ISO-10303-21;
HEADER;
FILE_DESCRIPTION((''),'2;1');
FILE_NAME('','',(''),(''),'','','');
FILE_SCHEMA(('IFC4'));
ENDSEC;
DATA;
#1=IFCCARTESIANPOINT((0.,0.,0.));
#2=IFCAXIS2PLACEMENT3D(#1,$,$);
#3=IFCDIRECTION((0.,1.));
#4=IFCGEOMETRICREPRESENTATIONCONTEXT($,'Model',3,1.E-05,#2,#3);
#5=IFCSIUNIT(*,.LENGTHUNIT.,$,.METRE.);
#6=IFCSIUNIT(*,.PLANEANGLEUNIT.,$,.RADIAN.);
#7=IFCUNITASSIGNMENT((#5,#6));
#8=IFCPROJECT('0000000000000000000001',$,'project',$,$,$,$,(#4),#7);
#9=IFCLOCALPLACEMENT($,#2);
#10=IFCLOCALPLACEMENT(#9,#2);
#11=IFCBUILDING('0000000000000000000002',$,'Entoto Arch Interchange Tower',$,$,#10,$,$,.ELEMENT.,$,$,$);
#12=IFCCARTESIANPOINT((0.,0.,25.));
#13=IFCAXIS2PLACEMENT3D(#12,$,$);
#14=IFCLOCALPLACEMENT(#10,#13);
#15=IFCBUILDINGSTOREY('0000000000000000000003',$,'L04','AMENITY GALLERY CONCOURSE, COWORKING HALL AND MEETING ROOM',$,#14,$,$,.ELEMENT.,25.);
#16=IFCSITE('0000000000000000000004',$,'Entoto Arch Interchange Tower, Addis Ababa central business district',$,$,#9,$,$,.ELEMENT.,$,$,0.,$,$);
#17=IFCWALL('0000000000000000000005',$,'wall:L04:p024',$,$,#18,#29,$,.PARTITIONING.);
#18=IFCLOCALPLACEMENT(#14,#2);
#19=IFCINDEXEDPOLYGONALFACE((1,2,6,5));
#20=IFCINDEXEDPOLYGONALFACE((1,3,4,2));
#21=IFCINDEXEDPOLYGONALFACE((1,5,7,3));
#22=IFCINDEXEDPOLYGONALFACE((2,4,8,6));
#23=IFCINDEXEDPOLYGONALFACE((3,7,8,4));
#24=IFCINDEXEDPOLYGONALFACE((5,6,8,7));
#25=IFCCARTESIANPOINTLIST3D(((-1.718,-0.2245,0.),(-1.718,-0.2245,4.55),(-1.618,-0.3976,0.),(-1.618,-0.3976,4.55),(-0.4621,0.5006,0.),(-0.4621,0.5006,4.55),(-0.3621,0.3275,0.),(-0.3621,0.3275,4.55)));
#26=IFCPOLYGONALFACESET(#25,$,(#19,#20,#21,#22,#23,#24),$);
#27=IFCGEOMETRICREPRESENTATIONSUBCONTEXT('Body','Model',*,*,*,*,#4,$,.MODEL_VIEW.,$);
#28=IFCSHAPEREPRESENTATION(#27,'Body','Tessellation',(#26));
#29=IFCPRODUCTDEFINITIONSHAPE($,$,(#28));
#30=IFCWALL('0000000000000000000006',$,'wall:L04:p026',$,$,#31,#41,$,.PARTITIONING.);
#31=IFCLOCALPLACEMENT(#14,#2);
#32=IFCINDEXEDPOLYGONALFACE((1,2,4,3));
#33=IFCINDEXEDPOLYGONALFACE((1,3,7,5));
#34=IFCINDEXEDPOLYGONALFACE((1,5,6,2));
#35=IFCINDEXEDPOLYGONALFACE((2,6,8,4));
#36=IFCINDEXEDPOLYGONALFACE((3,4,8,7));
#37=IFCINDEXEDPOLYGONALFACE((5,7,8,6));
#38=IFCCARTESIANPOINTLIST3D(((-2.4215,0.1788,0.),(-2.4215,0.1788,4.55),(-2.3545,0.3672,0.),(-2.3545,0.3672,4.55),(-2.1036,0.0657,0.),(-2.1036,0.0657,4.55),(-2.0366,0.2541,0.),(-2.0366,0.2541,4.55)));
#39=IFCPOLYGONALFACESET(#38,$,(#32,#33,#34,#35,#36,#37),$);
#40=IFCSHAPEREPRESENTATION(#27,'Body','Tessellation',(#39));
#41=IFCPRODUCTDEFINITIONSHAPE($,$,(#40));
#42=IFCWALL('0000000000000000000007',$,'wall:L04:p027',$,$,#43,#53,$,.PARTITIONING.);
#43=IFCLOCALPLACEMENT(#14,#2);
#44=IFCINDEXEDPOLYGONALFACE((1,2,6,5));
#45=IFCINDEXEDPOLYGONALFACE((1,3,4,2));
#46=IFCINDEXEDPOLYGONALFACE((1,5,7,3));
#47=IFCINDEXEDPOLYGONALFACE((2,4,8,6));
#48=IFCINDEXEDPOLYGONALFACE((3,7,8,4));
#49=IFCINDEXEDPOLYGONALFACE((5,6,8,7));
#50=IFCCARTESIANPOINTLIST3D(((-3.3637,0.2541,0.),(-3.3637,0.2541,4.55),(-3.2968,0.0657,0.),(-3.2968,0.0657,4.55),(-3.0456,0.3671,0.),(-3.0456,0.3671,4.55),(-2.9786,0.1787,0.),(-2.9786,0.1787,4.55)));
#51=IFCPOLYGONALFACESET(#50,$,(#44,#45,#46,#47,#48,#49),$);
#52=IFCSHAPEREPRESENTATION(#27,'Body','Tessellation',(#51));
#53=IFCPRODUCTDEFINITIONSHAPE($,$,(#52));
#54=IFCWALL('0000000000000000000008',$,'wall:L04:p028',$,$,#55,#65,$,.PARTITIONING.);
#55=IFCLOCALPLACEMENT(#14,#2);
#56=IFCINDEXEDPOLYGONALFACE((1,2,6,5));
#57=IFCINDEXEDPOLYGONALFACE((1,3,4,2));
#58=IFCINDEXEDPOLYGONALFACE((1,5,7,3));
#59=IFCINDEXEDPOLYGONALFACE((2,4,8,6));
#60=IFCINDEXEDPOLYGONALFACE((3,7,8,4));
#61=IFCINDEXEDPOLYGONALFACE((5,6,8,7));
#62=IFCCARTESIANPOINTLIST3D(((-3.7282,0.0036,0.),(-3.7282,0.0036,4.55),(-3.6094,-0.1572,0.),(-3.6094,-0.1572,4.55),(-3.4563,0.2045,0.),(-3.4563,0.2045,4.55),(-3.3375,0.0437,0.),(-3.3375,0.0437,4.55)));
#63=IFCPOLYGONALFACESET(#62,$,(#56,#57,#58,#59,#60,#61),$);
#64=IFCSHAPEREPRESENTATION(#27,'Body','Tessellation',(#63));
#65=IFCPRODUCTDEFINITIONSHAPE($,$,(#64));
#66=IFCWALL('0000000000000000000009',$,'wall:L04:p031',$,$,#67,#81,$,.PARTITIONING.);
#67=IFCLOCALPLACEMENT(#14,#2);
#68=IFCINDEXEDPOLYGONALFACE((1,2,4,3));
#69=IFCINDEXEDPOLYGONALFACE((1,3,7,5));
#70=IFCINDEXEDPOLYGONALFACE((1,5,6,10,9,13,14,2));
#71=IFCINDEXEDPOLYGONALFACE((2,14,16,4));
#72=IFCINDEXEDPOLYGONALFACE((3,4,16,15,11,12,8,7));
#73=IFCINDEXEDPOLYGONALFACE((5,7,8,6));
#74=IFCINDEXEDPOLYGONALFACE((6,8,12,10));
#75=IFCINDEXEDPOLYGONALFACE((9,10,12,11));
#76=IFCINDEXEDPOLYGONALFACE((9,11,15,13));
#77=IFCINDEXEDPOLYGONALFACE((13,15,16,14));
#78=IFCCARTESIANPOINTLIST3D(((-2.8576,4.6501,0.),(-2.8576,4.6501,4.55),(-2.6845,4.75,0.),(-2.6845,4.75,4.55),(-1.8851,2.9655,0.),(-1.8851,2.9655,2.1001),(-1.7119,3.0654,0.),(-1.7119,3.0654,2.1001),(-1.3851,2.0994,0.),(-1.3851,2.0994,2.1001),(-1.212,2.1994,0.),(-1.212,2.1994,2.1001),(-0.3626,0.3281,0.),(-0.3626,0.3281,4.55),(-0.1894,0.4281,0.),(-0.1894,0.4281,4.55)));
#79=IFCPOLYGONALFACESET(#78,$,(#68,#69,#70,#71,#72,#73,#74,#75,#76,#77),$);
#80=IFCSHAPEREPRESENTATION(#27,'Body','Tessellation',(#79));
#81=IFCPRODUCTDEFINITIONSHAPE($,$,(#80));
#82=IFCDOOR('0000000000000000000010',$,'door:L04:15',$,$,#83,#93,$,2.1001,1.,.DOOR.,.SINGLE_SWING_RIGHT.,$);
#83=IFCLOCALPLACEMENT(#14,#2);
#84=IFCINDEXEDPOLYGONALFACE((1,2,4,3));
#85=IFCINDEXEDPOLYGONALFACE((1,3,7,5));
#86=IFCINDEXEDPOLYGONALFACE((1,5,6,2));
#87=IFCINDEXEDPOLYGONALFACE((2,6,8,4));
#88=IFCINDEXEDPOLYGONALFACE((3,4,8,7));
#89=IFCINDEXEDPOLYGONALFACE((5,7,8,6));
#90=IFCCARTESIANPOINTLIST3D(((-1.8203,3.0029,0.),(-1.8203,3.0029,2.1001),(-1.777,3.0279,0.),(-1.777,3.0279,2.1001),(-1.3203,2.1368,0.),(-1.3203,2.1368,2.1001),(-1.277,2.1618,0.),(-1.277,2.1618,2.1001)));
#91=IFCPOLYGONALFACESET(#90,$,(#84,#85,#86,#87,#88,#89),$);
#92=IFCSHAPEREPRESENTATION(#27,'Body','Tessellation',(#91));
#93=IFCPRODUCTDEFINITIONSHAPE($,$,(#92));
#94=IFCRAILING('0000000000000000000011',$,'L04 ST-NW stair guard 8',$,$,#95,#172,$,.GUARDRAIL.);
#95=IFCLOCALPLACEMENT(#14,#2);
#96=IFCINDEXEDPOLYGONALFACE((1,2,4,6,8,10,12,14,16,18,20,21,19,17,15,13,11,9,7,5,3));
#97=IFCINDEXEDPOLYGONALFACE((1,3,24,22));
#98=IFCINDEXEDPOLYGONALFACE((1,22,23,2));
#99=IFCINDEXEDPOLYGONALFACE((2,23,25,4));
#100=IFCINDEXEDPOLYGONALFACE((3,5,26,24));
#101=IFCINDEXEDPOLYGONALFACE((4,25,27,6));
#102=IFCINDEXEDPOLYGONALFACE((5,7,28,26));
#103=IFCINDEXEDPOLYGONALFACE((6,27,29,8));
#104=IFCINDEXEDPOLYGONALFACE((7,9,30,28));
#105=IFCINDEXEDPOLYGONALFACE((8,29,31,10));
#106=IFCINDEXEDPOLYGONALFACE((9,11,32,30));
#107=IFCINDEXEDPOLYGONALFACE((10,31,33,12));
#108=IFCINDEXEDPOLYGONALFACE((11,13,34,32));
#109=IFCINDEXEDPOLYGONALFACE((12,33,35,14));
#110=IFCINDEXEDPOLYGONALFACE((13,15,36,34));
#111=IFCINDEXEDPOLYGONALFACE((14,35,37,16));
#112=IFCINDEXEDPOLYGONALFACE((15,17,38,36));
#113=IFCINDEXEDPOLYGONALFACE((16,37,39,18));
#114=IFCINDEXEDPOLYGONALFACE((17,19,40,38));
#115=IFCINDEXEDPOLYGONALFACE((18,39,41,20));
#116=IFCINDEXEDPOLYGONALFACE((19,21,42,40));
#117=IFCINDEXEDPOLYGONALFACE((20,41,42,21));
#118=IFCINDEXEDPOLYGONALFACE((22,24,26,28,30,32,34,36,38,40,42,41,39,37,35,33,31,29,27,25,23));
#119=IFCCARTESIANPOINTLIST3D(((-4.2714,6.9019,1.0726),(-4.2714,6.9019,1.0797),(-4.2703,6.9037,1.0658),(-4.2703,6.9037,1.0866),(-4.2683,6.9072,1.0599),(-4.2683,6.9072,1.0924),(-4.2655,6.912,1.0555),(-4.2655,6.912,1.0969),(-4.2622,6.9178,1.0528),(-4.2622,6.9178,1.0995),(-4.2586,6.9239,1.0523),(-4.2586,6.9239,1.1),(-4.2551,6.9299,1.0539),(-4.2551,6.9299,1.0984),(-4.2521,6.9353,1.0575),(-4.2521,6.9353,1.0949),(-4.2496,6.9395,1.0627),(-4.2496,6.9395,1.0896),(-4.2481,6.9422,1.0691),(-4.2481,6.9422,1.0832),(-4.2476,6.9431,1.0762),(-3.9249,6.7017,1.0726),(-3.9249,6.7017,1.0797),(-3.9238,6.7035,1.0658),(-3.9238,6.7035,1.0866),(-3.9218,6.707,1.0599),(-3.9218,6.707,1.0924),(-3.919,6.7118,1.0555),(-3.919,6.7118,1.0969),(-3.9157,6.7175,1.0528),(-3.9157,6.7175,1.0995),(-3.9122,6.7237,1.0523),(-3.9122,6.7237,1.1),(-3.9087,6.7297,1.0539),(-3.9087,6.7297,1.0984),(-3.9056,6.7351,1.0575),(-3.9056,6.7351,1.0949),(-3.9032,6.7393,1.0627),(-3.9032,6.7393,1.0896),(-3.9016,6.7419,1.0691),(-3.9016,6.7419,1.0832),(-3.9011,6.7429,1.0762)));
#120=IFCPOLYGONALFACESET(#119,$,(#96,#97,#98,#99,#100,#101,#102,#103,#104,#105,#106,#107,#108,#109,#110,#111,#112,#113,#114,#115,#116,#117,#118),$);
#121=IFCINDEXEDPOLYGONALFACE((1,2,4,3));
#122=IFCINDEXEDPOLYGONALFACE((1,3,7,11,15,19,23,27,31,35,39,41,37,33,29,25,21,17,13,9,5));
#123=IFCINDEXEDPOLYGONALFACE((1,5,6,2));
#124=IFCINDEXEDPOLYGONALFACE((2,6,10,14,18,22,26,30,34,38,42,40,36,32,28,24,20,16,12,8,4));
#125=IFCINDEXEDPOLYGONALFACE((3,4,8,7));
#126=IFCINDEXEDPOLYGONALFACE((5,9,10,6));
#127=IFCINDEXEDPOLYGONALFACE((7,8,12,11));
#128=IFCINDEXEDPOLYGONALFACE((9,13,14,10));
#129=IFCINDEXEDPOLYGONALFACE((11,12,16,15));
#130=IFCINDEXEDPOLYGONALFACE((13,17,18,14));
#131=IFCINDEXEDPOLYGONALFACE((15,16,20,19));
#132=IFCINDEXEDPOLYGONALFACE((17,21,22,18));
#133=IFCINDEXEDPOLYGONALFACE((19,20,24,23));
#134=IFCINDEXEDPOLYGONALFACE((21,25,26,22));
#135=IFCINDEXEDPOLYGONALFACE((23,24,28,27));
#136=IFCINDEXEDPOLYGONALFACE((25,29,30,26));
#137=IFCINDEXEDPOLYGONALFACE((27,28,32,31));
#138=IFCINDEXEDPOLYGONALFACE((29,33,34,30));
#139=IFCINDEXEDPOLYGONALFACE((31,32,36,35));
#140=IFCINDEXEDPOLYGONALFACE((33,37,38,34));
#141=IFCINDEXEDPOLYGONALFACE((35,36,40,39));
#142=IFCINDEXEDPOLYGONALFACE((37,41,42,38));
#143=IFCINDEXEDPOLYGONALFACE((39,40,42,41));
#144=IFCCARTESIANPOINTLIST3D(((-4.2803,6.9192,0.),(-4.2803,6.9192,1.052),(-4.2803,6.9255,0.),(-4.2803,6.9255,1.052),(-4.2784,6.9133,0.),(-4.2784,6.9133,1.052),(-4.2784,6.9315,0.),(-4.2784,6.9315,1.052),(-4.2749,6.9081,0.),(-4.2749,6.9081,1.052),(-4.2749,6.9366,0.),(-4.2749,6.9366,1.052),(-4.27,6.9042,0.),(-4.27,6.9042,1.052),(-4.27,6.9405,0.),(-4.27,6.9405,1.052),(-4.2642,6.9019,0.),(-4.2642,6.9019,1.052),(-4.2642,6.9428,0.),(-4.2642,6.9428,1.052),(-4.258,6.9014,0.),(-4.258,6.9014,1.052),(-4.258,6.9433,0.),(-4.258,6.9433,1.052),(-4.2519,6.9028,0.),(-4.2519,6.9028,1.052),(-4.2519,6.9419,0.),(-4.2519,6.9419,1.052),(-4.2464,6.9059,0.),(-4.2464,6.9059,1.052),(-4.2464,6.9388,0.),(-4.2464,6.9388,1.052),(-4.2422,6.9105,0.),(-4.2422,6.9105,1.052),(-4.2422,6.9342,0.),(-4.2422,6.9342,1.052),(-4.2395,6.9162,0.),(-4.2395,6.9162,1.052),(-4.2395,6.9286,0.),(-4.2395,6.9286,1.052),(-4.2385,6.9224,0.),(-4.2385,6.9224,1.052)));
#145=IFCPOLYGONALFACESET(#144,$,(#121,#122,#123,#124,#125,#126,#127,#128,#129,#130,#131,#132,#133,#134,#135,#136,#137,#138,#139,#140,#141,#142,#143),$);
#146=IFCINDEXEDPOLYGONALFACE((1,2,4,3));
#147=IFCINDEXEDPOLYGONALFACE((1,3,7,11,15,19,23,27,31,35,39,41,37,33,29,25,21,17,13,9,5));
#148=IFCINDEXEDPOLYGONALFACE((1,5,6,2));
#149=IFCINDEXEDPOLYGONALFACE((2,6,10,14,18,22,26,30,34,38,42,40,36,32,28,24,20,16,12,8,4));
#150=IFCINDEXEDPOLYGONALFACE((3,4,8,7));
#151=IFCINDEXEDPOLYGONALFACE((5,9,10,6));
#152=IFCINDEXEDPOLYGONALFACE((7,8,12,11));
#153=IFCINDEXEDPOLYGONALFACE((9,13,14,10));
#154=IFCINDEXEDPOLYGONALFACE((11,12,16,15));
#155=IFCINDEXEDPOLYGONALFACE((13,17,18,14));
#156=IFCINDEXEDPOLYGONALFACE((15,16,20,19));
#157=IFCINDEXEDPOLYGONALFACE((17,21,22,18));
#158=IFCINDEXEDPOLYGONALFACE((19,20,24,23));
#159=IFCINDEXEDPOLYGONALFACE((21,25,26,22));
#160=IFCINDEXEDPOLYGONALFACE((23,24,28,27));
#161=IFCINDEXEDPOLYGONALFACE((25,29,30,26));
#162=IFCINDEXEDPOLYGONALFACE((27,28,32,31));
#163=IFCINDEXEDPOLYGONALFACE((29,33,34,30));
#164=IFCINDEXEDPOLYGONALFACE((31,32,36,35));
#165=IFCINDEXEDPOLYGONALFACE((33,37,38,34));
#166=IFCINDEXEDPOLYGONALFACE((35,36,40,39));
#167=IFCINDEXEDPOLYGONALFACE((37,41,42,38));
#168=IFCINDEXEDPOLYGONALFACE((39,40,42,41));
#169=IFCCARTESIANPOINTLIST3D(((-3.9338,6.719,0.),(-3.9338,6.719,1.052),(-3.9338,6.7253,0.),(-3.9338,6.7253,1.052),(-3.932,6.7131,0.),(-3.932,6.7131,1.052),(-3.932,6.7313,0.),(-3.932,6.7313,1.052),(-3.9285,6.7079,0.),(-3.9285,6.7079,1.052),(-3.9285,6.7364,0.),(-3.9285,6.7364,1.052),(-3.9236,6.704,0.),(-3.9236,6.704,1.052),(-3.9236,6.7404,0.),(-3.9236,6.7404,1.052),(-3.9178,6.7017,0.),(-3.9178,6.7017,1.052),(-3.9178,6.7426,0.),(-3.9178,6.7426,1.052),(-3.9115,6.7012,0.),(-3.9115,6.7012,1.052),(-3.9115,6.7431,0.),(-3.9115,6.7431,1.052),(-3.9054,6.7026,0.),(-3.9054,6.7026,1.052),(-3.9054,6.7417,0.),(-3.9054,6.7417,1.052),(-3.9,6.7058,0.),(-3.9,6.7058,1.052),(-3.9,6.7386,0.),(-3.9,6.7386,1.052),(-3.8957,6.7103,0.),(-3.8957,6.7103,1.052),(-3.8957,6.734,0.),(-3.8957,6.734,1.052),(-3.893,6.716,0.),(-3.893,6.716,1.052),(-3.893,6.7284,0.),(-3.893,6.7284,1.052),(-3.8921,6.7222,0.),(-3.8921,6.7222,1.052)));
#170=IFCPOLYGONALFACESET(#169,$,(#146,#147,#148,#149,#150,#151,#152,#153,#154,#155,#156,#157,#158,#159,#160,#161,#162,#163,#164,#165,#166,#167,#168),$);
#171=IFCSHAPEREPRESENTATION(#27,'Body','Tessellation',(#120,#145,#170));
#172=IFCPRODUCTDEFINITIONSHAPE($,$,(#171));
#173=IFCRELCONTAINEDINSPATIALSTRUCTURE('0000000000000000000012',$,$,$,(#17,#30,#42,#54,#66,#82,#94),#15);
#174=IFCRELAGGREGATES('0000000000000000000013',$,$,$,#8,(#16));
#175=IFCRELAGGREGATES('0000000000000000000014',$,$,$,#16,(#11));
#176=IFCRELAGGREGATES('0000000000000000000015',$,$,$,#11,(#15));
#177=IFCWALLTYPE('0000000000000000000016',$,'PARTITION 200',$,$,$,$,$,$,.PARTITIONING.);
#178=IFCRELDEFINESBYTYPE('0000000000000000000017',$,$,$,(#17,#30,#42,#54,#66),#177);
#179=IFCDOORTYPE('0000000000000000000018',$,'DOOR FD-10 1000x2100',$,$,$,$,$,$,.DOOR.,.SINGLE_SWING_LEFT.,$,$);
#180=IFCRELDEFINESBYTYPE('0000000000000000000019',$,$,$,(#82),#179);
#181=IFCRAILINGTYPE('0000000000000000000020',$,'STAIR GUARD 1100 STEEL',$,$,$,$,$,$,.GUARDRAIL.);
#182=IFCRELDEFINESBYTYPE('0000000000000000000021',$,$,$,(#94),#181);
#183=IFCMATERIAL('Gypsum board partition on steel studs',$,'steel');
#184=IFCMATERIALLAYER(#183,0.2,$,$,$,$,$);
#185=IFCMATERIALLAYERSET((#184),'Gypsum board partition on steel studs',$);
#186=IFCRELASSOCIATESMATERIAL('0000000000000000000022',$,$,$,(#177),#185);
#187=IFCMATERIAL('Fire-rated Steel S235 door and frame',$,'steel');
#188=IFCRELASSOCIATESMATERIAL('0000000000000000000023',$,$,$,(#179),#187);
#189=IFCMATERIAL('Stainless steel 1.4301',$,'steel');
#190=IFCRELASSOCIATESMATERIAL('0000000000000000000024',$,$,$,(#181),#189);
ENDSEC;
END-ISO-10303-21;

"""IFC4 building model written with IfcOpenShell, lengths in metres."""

from ifc_helpers import new_model, si_unit, direction, frame, frame_2d, origin, origin_2d, place, context, subcontext, project, spatial, rectangle, circle, extrude, material, layer, layer_set, type_object, element, fill, save


model = new_model("IFC4")

# Units and contexts
model_context = context("Model", 3, precision=1e-05, world=origin(), true_north=direction((0.0, 1.0)))
body_context = subcontext(model_context, "Body", "Model", "MODEL_VIEW")
ifc_project = project(units=[si_unit("LENGTHUNIT", "METRE"), si_unit("PLANEANGLEUNIT", "RADIAN")], contexts=[model_context])

# Site, building, storey
site_placement = place(None, origin())
site = spatial("IfcSite", under=ifc_project, at=site_placement, Name="Entoto Arch Interchange Tower, Addis Ababa central business district", CompositionType="ELEMENT", RefElevation=0.0)
building_placement = place(site_placement, origin())
building = spatial("IfcBuilding", under=site, at=building_placement, Name="Entoto Arch Interchange Tower", CompositionType="ELEMENT")
storey_placement = place(building_placement, frame((0.0, 0.0, 25.0)))
storey = spatial("IfcBuildingStorey", under=building, at=storey_placement, Name="L04", Description="AMENITY GALLERY CONCOURSE, COWORKING HALL AND MEETING ROOM", CompositionType="ELEMENT", Elevation=25.0)

# Walls
ifc_material_1 = material(Name="Gypsum board partition on steel studs", Category="steel")
ifc_layer_1 = layer(ifc_material_1, 0.2)
ifc_layer_set_1 = layer_set([ifc_layer_1], Name="Gypsum board partition on steel studs")
wall_type_1 = type_object("IfcWallType", Name="PARTITION 200", PredefinedType="PARTITIONING", material=ifc_layer_set_1)
wall_1_placement = place(storey_placement, frame((-0.4121, 0.4141, 0.0), z_axis=(0.0, 0.0, 1.0), x_axis=(-0.866017, -0.500014, 0.0)))
element("IfcWall", 1, at=wall_1_placement, inside=storey, type_object=wall_type_1, Name="wall:L04:p024", PredefinedType="PARTITIONING", context=body_context, shape_type="SweptSolid", body=[
    extrude(rectangle(XDim=1.4502, YDim=0.2, at=frame_2d((0.7251, 0.0))), origin(), (0.0, 0.0, 1.0), 4.55),
])
wall_2_placement = place(storey_placement, frame((-2.0701, 0.1599, 0.0), z_axis=(0.0, 0.0, 1.0), x_axis=(-0.942199, 0.335052, 0.0)))
element("IfcWall", 2, at=wall_2_placement, inside=storey, type_object=wall_type_1, Name="wall:L04:p026", PredefinedType="PARTITIONING", context=body_context, shape_type="SweptSolid", body=[
    extrude(rectangle(XDim=0.3374, YDim=0.2, at=frame_2d((0.1687, 0.0))), origin(), (0.0, 0.0, 1.0), 4.55),
])
wall_3_placement = place(storey_placement, frame((-3.012, 0.2729, 0.0), z_axis=(0.0, 0.0, 1.0), x_axis=(-0.942281, -0.334824, 0.0)))
element("IfcWall", 3, at=wall_3_placement, inside=storey, type_object=wall_type_1, Name="wall:L04:p027", PredefinedType="PARTITIONING", context=body_context, shape_type="SweptSolid", body=[
    extrude(rectangle(XDim=0.3376, YDim=0.2, at=frame_2d((0.1689, 0.0))), origin(), (0.0, 0.0, 1.0), 4.55),
])
wall_4_placement = place(storey_placement, frame((-3.397, 0.124, 0.0), z_axis=(0.0, 0.0, 1.0), x_axis=(-0.804311, -0.594208, 0.0)))
element("IfcWall", 4, at=wall_4_placement, inside=storey, type_object=wall_type_1, Name="wall:L04:p028", PredefinedType="PARTITIONING", context=body_context, shape_type="SweptSolid", body=[
    extrude(rectangle(XDim=0.3381, YDim=0.2, at=frame_2d((0.1689, 0.0))), origin(), (0.0, 0.0, 1.0), 4.55),
])

# Wall, opening, door
wall_5_placement = place(storey_placement, frame((-2.771, 4.7, 0.0), z_axis=(0.0, 0.0, 1.0), x_axis=(0.499969, -0.866043, 0.0)))
wall_5 = element("IfcWall", 5, at=wall_5_placement, inside=storey, type_object=wall_type_1, Name="wall:L04:p031", PredefinedType="PARTITIONING", context=body_context, shape_type="SweptSolid", body=[
    extrude(rectangle(XDim=4.9905, YDim=0.2, at=frame_2d((2.4951, 0.0))), origin(), (0.0, 0.0, 1.0), 4.55),
])
opening_placement = place(wall_5_placement, frame((1.9451, 0.0, 0.0)))
opening = element("IfcOpeningElement", 6, at=opening_placement, cuts=wall_5, PredefinedType="OPENING", context=body_context, shape_type="SweptSolid", body=[
    extrude(rectangle(XDim=1.0, YDim=2.1001, at=frame_2d((0.5, 1.05))), frame((0.0, 0.1099, 0.0), z_axis=(0.0, -1.0, 0.0), x_axis=(1.0, 0.0, 0.0)), (0.0, 0.0, 1.0), 0.22),
])
ifc_material_2 = material(Name="Fire-rated Steel S235 door and frame", Category="steel")
door_type = type_object("IfcDoorType", Name="DOOR FD-10 1000x2100", OperationType="SINGLE_SWING_LEFT", PredefinedType="DOOR", material=ifc_material_2)
door_placement = place(opening_placement, origin())
door = element("IfcDoor", 7, at=door_placement, inside=storey, type_object=door_type, Name="door:L04:15", OperationType="SINGLE_SWING_RIGHT", OverallHeight=2.1001, OverallWidth=1.0, PredefinedType="DOOR", context=body_context, shape_type="SweptSolid", body=[
    extrude(rectangle(XDim=1.0, YDim=2.1001, at=frame_2d((0.5, 1.05))), frame((0.0, 0.0249, 0.0), z_axis=(0.0, -1.0, 0.0), x_axis=(1.0, 0.0, 0.0)), (0.0, 0.0, 1.0), 0.05),
])
fill(opening, door)

# Railing
ifc_material_3 = material(Name="Stainless steel 1.4301", Category="steel")
railing_type_1 = type_object("IfcRailingType", Name="STAIR GUARD 1100 STEEL", PredefinedType="GUARDRAIL", material=ifc_material_3)
railing_placement = place(storey_placement, frame((-4.2595, 6.9224, 0.0)))
element("IfcRailing", 8, at=railing_placement, inside=storey, type_object=railing_type_1, Name="L04 ST-NW stair guard 8", PredefinedType="GUARDRAIL", context=body_context, shape_type="SweptSolid", body=[
    extrude(circle(Radius=0.0239, at=origin_2d()), frame((0.0, 0.0, 1.0762), z_axis=(0.86583, -0.500339, 0.0), x_axis=(0.500339, 0.86583, 0.0)), (0.0, 0.0, 1.0), 0.4001),
    extrude(circle(Radius=0.021, at=origin_2d()), origin(), (0.0, 0.0, 1.0), 1.052),
    extrude(circle(Radius=0.021, at=origin_2d()), frame((0.3464, -0.2002, 0.0)), (0.0, 0.0, 1.0), 1.052),
])

save(model, "model.ifc")
